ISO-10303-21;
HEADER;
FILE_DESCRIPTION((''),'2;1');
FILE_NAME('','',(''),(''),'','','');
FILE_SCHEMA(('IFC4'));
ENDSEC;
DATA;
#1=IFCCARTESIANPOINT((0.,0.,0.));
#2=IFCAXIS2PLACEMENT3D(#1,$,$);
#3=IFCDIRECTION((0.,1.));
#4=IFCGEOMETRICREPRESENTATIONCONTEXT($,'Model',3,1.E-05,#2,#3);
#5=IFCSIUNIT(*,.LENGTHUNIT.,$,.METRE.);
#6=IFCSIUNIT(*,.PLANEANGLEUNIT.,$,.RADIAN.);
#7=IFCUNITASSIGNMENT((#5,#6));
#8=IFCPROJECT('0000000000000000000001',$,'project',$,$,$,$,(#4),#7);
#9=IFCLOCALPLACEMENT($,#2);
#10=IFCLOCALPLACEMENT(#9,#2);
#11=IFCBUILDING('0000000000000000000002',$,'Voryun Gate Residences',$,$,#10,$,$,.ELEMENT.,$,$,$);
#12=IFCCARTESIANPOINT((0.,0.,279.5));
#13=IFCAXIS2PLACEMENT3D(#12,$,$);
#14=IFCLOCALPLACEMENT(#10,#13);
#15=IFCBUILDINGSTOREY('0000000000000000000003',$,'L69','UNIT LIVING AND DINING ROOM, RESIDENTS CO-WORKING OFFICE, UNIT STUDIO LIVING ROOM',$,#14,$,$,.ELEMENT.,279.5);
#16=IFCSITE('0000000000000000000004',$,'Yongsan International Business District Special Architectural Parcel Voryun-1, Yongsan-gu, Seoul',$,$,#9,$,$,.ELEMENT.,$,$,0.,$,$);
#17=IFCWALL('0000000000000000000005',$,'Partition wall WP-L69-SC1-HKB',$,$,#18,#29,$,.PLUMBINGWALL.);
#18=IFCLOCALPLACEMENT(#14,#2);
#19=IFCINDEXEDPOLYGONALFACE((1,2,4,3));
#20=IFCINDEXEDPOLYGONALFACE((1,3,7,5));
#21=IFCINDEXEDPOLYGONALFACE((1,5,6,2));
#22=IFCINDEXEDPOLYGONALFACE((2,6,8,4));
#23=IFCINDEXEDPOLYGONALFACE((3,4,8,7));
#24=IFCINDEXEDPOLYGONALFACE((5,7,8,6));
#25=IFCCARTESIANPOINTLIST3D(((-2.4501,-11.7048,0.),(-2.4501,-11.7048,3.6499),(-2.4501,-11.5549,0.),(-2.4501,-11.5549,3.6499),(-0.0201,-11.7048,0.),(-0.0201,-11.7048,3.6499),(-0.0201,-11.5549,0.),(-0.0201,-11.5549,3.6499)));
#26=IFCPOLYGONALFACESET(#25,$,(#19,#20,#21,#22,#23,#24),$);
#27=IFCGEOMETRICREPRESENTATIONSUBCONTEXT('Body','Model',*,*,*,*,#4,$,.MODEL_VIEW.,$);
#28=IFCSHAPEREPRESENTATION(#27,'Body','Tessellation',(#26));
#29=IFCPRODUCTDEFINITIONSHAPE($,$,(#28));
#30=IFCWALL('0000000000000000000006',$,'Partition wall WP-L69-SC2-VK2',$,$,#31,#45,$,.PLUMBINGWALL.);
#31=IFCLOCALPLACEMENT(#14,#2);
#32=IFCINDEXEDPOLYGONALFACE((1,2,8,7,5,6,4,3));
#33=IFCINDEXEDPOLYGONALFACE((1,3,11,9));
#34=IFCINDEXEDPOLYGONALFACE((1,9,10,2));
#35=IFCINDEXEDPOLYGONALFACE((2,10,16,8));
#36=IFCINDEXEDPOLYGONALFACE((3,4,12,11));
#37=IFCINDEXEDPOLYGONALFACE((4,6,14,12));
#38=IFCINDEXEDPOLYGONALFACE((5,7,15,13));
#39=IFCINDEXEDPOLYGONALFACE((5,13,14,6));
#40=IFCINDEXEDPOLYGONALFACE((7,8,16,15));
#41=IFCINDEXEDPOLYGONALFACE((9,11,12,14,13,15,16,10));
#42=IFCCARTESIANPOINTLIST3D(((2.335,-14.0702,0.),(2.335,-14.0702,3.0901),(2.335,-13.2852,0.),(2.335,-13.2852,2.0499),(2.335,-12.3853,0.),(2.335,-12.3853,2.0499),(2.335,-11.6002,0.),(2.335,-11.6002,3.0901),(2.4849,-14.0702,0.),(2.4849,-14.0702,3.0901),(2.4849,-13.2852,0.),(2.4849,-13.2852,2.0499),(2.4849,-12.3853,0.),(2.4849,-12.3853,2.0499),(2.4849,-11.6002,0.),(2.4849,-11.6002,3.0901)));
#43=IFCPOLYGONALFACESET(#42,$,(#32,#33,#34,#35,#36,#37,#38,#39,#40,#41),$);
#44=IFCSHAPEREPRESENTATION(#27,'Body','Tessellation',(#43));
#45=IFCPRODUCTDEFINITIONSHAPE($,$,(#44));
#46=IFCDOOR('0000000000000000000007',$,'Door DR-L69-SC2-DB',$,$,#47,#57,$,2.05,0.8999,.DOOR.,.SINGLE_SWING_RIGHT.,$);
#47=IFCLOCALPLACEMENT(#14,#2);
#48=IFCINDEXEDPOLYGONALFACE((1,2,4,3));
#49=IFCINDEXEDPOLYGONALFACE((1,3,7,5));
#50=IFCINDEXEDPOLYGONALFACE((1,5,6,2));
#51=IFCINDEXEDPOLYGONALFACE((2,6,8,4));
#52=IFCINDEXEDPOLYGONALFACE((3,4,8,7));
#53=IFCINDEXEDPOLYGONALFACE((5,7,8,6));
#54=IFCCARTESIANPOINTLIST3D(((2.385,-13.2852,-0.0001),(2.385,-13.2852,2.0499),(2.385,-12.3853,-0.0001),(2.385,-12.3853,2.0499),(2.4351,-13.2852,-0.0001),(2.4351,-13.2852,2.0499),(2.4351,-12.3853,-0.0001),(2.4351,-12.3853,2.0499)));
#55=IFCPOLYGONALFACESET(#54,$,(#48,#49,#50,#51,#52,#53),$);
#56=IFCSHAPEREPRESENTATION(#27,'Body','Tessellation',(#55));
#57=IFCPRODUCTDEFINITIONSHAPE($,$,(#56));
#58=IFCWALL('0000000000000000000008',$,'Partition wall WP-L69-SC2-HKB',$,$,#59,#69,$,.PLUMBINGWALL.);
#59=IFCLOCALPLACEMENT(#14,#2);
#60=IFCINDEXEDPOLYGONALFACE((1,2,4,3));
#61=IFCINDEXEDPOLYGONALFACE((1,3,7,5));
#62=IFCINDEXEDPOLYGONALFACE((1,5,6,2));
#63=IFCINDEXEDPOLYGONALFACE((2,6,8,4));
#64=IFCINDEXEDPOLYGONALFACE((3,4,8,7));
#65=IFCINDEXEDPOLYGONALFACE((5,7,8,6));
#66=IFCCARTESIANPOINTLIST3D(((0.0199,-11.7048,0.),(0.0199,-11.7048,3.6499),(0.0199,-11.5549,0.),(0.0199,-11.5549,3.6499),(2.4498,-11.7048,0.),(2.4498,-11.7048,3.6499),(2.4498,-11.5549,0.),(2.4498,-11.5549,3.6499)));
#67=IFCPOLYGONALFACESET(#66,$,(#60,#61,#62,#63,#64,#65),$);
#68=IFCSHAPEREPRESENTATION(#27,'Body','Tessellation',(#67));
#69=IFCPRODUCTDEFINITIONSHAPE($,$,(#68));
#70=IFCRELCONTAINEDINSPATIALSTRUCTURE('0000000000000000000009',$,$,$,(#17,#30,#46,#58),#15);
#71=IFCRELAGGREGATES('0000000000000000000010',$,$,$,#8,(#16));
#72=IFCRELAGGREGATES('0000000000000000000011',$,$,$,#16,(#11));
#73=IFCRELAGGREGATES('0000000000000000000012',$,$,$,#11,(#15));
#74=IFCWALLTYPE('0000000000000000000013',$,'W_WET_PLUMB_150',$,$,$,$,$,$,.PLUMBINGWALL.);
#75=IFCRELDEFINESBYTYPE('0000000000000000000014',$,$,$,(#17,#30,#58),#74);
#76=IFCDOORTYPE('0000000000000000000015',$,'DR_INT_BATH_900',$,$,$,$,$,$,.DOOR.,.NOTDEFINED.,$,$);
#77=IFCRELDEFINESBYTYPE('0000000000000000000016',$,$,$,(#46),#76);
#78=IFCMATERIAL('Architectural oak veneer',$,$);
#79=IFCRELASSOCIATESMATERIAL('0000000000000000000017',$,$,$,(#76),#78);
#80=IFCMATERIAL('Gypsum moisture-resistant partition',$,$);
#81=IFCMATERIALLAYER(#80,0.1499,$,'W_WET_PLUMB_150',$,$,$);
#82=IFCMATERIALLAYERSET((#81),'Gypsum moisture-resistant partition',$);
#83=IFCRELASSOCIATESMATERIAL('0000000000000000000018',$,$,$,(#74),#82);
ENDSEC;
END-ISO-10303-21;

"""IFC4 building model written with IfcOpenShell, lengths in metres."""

from ifc_helpers import new_model, si_unit, direction, frame, frame_2d, origin, place, context, subcontext, project, spatial, rectangle, extrude, material, layer, layer_set, type_object, element, fill, save


model = new_model("IFC4")

# Units and contexts
model_context = context("Model", 3, precision=1e-05, world=origin(), true_north=direction((0.0, 1.0)))
body_context = subcontext(model_context, "Body", "Model", "MODEL_VIEW")
ifc_project = project(units=[si_unit("LENGTHUNIT", "METRE"), si_unit("PLANEANGLEUNIT", "RADIAN")], contexts=[model_context])

# Site, building, storey
site_placement = place(None, origin())
site = spatial("IfcSite", under=ifc_project, at=site_placement, Name="Yongsan International Business District Special Architectural Parcel Voryun-1, Yongsan-gu, Seoul", CompositionType="ELEMENT", RefElevation=0.0)
building_placement = place(site_placement, origin())
building = spatial("IfcBuilding", under=site, at=building_placement, Name="Voryun Gate Residences", CompositionType="ELEMENT")
storey_placement = place(building_placement, frame((0.0, 0.0, 279.5)))
storey = spatial("IfcBuildingStorey", under=building, at=storey_placement, Name="L69", Description="UNIT LIVING AND DINING ROOM, RESIDENTS CO-WORKING OFFICE, UNIT STUDIO LIVING ROOM", CompositionType="ELEMENT", Elevation=279.5)

# Shared definitions
ifc_material_1 = material(Name="Architectural oak veneer")
door_type_1 = type_object("IfcDoorType", Name="DR_INT_BATH_900", OperationType="NOTDEFINED", PredefinedType="DOOR", material=ifc_material_1)

# Shared definitions
ifc_material_2 = material(Name="Gypsum moisture-resistant partition")
ifc_layer_1 = layer(ifc_material_2, 0.1499, Name="W_WET_PLUMB_150")
ifc_layer_set_1 = layer_set([ifc_layer_1], Name="Gypsum moisture-resistant partition")
wall_type_1 = type_object("IfcWallType", Name="W_WET_PLUMB_150", PredefinedType="PLUMBINGWALL", material=ifc_layer_set_1)

# Wall
wall_1_placement = place(storey_placement, frame((-2.45, -11.6299, 0.0), z_axis=(0.0, 0.0, 1.0), x_axis=(1.0, 0.0, 0.0)))
element("IfcWall", 1, at=wall_1_placement, inside=storey, type_object=wall_type_1, Name="Partition wall WP-L69-SC1-HKB", PredefinedType="PLUMBINGWALL", context=body_context, shape_type="SweptSolid", body=[
    extrude(rectangle(XDim=2.4299, YDim=0.1499, at=frame_2d((1.2148, 0.0))), origin(), (0.0, 0.0, 1.0), 3.6499),
])

# Wall, opening, door
wall_2_placement = place(storey_placement, frame((2.4099, -14.0701, 0.0), z_axis=(0.0, 0.0, 1.0), x_axis=(0.0, 1.0, 0.0)))
wall_2 = element("IfcWall", 2, at=wall_2_placement, inside=storey, type_object=wall_type_1, Name="Partition wall WP-L69-SC2-VK2", PredefinedType="PLUMBINGWALL", context=body_context, shape_type="SweptSolid", body=[
    extrude(rectangle(XDim=2.47, YDim=0.1499, at=frame_2d((1.2349, 0.0))), origin(), (0.0, 0.0, 1.0), 3.0901),
])
opening_1_placement = place(wall_2_placement, frame((0.7849, 0.0, 0.0)))
opening_1 = element("IfcOpeningElement", 3, at=opening_1_placement, cuts=wall_2, PredefinedType="OPENING", context=body_context, shape_type="SweptSolid", body=[
    extrude(rectangle(XDim=0.8999, YDim=2.05, at=frame_2d((0.45, 1.0249))), frame((0.0, 0.085, 0.0), z_axis=(0.0, -1.0, 0.0), x_axis=(1.0, 0.0, 0.0)), (0.0, 0.0, 1.0), 0.1699),
])
door_1_placement = place(opening_1_placement, origin())
door_1 = element("IfcDoor", 4, at=door_1_placement, inside=storey, type_object=door_type_1, Name="Door DR-L69-SC2-DB", OperationType="SINGLE_SWING_RIGHT", OverallHeight=2.05, OverallWidth=0.8999, PredefinedType="DOOR", context=body_context, shape_type="SweptSolid", body=[
    extrude(rectangle(XDim=0.8999, YDim=2.05, at=frame_2d((0.45, 1.0249))), frame((0.0, 0.0249, 0.0), z_axis=(0.0, -1.0, 0.0), x_axis=(1.0, 0.0, 0.0)), (0.0, 0.0, 1.0), 0.05),
])
fill(opening_1, door_1)

# Wall
wall_3_placement = place(storey_placement, frame((0.02, -11.6299, 0.0), z_axis=(0.0, 0.0, 1.0), x_axis=(1.0, 0.0, 0.0)))
element("IfcWall", 5, at=wall_3_placement, inside=storey, type_object=wall_type_1, Name="Partition wall WP-L69-SC2-HKB", PredefinedType="PLUMBINGWALL", context=body_context, shape_type="SweptSolid", body=[
    extrude(rectangle(XDim=2.4299, YDim=0.1499, at=frame_2d((1.2148, 0.0))), origin(), (0.0, 0.0, 1.0), 3.6499),
])

save(model, "model.ifc")
